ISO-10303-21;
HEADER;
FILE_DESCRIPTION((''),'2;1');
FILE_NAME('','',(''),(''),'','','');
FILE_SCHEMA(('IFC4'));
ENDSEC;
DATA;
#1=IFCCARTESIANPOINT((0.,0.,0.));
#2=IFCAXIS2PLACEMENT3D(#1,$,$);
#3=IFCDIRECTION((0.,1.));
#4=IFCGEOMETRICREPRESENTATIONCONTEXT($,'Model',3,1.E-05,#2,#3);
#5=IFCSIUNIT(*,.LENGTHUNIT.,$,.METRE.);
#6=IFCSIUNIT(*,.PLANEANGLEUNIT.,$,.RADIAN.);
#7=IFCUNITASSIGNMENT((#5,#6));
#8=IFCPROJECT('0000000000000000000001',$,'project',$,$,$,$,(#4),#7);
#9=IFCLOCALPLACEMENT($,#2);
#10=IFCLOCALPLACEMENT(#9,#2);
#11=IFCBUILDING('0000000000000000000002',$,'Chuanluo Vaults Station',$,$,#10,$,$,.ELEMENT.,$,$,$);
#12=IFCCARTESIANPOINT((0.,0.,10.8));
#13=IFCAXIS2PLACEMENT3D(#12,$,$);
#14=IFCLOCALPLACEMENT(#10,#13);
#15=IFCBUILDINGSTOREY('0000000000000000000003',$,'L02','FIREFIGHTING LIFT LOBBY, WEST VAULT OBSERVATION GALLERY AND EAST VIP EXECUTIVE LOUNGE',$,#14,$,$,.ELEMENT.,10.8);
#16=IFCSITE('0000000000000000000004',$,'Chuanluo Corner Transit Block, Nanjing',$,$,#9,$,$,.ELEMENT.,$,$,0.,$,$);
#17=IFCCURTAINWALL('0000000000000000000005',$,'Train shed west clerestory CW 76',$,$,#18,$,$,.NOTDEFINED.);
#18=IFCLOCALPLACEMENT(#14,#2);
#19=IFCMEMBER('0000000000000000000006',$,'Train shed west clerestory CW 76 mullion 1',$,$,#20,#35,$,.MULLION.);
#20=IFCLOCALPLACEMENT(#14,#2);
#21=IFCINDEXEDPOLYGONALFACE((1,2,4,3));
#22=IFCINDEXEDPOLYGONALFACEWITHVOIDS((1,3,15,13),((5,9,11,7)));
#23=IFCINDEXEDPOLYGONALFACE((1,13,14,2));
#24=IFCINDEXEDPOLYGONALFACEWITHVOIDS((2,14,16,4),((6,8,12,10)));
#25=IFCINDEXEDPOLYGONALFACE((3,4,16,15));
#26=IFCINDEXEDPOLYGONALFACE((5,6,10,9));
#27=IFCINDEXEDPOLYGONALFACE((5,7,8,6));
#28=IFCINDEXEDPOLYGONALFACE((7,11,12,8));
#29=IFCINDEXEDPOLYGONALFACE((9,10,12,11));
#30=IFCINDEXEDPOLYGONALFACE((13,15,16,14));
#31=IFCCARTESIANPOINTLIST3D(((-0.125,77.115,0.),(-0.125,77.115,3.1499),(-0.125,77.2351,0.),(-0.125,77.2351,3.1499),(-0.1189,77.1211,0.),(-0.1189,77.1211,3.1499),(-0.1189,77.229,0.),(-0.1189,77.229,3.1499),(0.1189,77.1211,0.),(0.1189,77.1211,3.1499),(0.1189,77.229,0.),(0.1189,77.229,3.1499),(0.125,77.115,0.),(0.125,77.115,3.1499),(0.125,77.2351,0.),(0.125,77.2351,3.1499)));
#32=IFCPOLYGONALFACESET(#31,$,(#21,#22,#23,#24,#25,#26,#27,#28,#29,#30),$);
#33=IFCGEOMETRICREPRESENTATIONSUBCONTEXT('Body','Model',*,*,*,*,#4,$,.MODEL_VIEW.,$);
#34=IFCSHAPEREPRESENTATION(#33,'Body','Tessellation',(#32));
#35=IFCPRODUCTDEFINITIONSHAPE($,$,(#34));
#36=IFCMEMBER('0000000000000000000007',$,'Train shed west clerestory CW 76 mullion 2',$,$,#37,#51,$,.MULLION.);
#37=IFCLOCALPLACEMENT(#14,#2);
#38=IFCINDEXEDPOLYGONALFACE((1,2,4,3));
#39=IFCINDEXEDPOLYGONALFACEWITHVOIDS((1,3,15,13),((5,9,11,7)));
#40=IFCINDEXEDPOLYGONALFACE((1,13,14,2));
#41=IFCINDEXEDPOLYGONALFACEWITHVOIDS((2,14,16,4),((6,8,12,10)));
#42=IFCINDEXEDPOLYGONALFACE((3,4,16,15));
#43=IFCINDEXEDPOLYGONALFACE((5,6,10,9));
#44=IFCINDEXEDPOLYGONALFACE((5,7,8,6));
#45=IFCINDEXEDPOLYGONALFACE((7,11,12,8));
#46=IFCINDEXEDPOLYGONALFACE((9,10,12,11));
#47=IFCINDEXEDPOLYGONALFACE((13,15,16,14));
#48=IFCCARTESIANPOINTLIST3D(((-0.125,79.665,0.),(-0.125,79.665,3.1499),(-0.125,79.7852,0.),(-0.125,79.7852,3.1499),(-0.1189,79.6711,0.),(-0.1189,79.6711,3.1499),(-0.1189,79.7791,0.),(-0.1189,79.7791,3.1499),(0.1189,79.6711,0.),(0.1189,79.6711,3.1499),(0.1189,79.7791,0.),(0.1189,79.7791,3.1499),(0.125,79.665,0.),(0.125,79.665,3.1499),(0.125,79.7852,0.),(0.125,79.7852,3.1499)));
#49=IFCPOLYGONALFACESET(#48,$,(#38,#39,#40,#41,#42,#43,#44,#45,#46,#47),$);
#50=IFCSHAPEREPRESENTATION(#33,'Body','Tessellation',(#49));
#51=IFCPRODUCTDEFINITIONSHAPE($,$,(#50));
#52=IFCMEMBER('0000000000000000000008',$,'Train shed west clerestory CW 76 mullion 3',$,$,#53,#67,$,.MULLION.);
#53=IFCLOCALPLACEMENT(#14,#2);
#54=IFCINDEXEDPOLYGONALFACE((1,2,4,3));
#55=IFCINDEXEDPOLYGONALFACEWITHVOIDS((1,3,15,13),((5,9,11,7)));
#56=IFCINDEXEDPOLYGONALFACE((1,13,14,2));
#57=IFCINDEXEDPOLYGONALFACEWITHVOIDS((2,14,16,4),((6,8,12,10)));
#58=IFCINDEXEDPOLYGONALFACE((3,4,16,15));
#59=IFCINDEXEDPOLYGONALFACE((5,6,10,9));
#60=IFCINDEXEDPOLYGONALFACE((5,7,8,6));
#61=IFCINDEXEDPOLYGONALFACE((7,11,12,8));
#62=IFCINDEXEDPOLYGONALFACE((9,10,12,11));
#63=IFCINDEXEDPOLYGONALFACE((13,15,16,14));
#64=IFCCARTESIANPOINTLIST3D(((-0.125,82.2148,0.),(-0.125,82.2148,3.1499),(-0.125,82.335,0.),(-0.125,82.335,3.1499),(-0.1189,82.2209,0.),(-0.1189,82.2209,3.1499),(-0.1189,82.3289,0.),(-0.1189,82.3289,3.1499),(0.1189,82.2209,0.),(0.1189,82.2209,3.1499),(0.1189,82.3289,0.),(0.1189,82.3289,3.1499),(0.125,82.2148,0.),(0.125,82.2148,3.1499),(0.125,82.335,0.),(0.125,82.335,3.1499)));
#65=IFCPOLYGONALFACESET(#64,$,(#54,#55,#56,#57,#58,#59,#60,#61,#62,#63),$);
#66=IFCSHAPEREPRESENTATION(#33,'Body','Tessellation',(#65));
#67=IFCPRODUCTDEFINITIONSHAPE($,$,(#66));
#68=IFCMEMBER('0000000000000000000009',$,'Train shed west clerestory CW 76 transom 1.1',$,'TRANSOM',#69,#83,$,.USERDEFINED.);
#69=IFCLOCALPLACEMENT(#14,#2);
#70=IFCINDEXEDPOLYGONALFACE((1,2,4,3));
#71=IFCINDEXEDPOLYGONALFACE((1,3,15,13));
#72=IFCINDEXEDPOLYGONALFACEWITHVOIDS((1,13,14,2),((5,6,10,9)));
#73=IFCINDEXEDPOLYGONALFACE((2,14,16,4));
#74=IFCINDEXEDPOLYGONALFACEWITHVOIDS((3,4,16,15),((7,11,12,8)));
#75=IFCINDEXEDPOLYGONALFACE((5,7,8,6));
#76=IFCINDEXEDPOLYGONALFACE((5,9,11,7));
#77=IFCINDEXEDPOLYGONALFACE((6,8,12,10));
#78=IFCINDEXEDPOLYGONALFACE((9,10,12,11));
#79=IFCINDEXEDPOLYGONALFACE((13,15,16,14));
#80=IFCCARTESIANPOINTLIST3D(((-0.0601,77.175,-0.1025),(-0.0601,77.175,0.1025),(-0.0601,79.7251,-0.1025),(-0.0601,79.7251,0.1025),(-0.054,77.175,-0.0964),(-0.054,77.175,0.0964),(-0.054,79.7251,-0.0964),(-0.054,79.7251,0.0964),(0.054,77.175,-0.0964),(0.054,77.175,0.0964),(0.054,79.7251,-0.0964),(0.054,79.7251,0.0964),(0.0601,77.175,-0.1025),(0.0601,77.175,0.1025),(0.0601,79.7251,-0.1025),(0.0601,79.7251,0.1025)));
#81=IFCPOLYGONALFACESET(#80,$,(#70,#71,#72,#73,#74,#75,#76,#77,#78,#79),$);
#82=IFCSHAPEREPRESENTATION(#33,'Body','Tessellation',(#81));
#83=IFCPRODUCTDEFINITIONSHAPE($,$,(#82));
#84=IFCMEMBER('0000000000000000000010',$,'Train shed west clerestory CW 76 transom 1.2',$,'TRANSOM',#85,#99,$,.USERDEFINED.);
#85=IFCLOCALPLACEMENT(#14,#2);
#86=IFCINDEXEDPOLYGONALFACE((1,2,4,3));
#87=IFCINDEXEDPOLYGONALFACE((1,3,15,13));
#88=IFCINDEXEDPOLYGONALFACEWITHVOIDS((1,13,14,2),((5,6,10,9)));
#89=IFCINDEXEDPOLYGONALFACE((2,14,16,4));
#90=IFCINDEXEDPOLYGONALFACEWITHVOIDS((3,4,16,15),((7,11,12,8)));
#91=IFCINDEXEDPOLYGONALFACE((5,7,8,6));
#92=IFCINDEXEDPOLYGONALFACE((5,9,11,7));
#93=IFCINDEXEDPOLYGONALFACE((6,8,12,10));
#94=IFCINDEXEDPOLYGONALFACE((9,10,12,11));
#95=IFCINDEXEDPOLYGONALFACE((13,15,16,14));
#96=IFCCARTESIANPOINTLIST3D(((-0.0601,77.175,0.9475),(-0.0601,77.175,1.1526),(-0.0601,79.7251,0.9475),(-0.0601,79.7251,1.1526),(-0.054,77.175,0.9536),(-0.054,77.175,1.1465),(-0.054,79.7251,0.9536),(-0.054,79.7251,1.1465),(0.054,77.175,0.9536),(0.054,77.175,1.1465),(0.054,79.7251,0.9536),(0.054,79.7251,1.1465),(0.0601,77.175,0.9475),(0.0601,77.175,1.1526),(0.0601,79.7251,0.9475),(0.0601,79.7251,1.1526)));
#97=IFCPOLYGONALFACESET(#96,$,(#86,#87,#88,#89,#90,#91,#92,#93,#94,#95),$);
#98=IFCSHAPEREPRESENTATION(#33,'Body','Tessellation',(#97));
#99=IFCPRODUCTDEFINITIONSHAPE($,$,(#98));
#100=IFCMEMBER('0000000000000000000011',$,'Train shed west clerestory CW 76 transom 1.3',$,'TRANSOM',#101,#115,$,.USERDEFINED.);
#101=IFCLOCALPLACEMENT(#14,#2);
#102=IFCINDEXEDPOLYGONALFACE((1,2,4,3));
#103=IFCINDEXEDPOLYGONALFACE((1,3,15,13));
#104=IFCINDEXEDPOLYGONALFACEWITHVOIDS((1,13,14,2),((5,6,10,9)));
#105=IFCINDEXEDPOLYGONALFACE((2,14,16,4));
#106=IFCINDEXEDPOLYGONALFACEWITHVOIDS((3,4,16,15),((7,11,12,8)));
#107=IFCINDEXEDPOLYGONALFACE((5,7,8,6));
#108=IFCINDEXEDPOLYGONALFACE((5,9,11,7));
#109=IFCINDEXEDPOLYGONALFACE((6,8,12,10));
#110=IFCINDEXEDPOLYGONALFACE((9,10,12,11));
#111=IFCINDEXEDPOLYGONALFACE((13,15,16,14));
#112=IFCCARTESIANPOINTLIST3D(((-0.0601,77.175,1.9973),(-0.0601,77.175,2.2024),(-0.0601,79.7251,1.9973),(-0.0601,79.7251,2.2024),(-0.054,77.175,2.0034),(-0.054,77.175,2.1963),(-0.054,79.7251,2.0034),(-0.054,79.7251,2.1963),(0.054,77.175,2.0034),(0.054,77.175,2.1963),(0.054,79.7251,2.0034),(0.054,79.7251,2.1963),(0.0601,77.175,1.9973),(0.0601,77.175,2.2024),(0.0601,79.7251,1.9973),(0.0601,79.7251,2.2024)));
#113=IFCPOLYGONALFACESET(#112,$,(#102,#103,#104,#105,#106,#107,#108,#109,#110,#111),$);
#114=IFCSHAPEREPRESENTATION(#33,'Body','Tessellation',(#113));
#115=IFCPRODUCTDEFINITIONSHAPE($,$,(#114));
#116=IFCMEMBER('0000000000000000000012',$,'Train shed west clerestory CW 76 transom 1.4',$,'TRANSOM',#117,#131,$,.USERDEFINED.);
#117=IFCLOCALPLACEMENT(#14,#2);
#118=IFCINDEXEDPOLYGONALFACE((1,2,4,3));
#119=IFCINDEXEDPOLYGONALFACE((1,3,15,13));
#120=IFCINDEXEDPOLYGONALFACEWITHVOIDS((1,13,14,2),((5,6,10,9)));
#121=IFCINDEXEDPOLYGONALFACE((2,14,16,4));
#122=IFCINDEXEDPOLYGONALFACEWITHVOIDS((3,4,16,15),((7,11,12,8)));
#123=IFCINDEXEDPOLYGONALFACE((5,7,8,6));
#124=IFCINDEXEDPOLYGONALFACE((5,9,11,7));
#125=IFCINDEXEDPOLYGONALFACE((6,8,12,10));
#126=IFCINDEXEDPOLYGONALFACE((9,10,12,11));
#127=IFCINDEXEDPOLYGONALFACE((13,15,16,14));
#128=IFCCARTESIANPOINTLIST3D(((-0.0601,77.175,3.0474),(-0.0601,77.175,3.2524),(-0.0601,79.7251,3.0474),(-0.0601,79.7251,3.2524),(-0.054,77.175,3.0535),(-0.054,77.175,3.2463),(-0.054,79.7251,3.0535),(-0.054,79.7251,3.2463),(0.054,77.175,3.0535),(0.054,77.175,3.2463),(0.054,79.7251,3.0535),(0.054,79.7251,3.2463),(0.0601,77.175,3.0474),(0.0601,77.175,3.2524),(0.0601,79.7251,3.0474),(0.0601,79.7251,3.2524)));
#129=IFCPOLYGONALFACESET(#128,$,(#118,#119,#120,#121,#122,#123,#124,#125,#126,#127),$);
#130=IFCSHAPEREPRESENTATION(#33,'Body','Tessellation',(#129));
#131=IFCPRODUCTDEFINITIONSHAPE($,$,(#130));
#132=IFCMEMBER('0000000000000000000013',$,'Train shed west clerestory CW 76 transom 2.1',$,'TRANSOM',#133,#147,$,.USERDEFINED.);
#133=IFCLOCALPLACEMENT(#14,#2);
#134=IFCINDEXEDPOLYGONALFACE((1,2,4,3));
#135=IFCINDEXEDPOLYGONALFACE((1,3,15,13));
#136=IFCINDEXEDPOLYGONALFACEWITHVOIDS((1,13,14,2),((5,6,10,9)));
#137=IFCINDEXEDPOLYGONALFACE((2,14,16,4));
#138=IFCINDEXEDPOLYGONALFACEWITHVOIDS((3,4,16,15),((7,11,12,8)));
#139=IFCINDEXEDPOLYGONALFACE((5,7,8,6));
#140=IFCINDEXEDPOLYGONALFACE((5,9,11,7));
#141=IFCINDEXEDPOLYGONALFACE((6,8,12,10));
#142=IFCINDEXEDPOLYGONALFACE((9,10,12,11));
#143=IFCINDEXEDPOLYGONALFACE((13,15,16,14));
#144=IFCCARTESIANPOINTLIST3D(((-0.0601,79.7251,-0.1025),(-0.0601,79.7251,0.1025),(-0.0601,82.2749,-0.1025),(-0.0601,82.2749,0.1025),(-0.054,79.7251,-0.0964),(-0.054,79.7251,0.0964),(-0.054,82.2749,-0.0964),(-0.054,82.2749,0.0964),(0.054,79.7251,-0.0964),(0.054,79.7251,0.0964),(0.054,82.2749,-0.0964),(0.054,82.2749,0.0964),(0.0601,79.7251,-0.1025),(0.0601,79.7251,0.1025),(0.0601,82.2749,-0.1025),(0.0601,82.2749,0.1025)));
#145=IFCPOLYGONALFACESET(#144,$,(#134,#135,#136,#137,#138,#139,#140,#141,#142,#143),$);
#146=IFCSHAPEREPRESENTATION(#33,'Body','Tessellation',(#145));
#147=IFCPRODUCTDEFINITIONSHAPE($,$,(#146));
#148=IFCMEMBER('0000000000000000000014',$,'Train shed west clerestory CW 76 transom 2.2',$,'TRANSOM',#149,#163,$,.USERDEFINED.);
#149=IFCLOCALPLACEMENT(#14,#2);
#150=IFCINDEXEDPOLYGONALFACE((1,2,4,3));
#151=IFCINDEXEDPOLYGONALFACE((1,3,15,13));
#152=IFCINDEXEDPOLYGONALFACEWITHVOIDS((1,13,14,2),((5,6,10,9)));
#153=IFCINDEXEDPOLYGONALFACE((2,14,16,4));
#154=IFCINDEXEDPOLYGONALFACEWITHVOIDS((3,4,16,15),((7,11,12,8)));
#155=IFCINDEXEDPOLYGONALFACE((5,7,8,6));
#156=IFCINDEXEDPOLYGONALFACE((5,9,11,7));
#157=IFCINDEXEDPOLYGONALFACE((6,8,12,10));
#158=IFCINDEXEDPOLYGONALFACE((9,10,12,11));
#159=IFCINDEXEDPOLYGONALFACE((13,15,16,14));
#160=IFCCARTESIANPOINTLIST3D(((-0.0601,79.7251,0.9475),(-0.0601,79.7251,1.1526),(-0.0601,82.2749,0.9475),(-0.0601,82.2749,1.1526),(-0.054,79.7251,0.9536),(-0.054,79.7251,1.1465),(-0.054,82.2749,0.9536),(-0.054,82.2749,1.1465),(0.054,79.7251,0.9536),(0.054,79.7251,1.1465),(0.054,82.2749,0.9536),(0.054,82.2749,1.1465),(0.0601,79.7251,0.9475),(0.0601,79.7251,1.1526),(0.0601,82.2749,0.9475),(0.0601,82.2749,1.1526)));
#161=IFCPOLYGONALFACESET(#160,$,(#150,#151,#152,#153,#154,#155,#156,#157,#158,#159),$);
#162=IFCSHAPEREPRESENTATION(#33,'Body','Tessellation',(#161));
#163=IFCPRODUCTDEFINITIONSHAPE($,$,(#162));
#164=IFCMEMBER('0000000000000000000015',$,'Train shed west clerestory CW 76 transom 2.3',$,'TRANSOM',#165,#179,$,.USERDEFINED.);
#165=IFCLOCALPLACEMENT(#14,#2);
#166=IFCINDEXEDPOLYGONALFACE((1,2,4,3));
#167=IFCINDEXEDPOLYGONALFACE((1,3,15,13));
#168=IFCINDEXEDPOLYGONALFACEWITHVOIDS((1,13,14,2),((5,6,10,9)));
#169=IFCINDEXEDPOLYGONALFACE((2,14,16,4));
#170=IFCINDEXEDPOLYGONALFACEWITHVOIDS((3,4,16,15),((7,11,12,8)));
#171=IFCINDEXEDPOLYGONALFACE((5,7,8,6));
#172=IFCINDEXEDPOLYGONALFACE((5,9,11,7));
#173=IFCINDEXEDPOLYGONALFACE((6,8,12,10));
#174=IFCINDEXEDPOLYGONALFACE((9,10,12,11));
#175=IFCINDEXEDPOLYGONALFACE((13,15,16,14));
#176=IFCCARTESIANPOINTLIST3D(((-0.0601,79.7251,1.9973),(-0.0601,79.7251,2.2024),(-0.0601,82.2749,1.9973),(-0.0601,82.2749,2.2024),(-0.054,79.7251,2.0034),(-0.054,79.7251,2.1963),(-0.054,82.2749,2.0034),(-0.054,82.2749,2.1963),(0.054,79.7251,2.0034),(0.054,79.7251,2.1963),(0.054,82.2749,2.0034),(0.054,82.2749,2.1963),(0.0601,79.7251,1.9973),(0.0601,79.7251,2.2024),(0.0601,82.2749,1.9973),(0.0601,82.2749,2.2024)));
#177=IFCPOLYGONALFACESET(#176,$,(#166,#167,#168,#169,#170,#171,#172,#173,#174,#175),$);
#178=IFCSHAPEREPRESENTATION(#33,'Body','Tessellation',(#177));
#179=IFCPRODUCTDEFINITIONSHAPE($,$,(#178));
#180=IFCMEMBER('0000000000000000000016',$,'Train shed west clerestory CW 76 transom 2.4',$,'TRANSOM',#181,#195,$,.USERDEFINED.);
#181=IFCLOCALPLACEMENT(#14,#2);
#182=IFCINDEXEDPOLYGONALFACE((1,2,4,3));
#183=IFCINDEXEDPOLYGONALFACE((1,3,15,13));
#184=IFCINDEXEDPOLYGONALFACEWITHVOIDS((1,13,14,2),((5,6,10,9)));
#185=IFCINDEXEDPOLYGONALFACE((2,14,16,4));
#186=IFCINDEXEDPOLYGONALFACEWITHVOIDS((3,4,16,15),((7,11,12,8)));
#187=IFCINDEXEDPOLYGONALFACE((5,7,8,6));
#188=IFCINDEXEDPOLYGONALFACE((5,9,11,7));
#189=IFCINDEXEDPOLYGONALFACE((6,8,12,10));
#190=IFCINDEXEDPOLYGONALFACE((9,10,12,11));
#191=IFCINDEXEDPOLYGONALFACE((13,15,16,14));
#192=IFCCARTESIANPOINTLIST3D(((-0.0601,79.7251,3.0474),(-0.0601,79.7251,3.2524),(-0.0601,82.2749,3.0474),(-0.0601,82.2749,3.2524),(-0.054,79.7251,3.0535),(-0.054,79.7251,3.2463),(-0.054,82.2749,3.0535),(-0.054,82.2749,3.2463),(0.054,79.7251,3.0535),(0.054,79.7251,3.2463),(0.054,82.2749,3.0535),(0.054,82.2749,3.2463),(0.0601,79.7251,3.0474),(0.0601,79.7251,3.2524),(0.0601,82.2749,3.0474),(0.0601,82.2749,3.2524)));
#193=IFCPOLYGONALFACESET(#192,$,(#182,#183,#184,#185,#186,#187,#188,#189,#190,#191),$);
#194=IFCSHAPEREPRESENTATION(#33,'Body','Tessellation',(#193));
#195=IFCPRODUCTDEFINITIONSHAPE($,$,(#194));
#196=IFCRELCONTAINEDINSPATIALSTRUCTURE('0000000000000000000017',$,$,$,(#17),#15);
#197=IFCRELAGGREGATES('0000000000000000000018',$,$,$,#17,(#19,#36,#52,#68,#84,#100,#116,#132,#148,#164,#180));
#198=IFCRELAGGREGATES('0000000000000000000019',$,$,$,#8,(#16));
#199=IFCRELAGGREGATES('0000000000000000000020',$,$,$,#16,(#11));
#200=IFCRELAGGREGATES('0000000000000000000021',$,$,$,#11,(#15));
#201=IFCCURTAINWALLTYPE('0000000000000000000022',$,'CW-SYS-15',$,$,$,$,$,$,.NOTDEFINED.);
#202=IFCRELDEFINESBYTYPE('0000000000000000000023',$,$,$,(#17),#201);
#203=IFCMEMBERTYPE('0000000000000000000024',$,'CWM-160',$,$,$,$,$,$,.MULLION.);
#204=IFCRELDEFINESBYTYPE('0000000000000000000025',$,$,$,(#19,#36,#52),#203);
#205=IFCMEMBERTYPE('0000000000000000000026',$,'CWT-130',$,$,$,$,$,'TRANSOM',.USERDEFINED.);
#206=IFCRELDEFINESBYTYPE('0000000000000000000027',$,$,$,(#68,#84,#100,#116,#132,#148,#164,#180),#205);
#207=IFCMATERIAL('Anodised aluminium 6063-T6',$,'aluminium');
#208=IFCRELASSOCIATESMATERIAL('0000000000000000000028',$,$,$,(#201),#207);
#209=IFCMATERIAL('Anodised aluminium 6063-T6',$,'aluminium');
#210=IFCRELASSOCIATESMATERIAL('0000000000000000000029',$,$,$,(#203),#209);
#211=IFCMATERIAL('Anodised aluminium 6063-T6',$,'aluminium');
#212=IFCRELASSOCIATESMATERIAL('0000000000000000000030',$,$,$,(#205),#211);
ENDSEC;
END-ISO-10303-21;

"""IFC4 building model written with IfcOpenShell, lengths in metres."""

from ifc_helpers import new_model, si_unit, direction, frame, origin, origin_2d, place, context, subcontext, project, spatial, hollow_rectangle, extrude, material, material_profile, profile_set, type_object, element, aggregate, save


model = new_model("IFC4")

# Units and contexts
model_context = context("Model", 3, precision=1e-05, world=origin(), true_north=direction((0.0, 1.0)))
body_context = subcontext(model_context, "Body", "Model", "MODEL_VIEW")
ifc_project = project(units=[si_unit("LENGTHUNIT", "METRE"), si_unit("PLANEANGLEUNIT", "RADIAN")], contexts=[model_context])

# Site, building, storey
site_placement = place(None, origin())
site = spatial("IfcSite", under=ifc_project, at=site_placement, Name="Chuanluo Corner Transit Block, Nanjing", CompositionType="ELEMENT", RefElevation=0.0)
building_placement = place(site_placement, origin())
building = spatial("IfcBuilding", under=site, at=building_placement, Name="Chuanluo Vaults Station", CompositionType="ELEMENT")
storey_placement = place(building_placement, frame((0.0, 0.0, 10.8)))
storey = spatial("IfcBuildingStorey", under=building, at=storey_placement, Name="L02", Description="FIREFIGHTING LIFT LOBBY, WEST VAULT OBSERVATION GALLERY AND EAST VIP EXECUTIVE LOUNGE", CompositionType="ELEMENT", Elevation=10.8)

# Curtain wall, members
ifc_material_1 = material(Name="Anodised aluminium 6063-T6", Category="aluminium")
curtain_wall_type = type_object("IfcCurtainWallType", Name="CW-SYS-15", PredefinedType="NOTDEFINED", material=ifc_material_1)
curtain_wall_placement = place(storey_placement, origin())
curtain_wall = element("IfcCurtainWall", 1, at=curtain_wall_placement, inside=storey, type_object=curtain_wall_type, Name="Train shed west clerestory CW 76", PredefinedType="NOTDEFINED")
ifc_material_2 = material(Name="Anodised aluminium 6063-T6", Category="aluminium")
ifc_material_profile_1 = material_profile(ifc_material_2, hollow_rectangle(XDim=0.1201, YDim=0.25, WallThickness=0.0061, at=origin_2d()))
ifc_profile_set_1 = profile_set([ifc_material_profile_1], Name="Anodised aluminium 6063-T6")
member_type_1 = type_object("IfcMemberType", Name="CWM-160", PredefinedType="MULLION", material=ifc_profile_set_1)
member_1_placement = place(storey_placement, frame((0.0, 77.175, 0.0), z_axis=(0.0, 0.0, 1.0), x_axis=(0.0, 1.0, 0.0)))
member_1 = element("IfcMember", 2, at=member_1_placement, type_object=member_type_1, Name="Train shed west clerestory CW 76 mullion 1", PredefinedType="MULLION", context=body_context, shape_type="SweptSolid", body=[
    extrude(hollow_rectangle(XDim=0.1201, YDim=0.25, WallThickness=0.0061, at=origin_2d()), origin(), (0.0, 0.0, 1.0), 3.1499),
])
member_2_placement = place(storey_placement, frame((0.0, 79.7251, 0.0), z_axis=(0.0, 0.0, 1.0), x_axis=(0.0, 1.0, 0.0)))
member_2 = element("IfcMember", 3, at=member_2_placement, type_object=member_type_1, Name="Train shed west clerestory CW 76 mullion 2", PredefinedType="MULLION", context=body_context, shape_type="SweptSolid", body=[
    extrude(hollow_rectangle(XDim=0.1201, YDim=0.25, WallThickness=0.0061, at=origin_2d()), origin(), (0.0, 0.0, 1.0), 3.1499),
])
member_3_placement = place(storey_placement, frame((0.0, 82.2749, 0.0), z_axis=(0.0, 0.0, 1.0), x_axis=(0.0, 1.0, 0.0)))
member_3 = element("IfcMember", 4, at=member_3_placement, type_object=member_type_1, Name="Train shed west clerestory CW 76 mullion 3", PredefinedType="MULLION", context=body_context, shape_type="SweptSolid", body=[
    extrude(hollow_rectangle(XDim=0.1201, YDim=0.25, WallThickness=0.0061, at=origin_2d()), origin(), (0.0, 0.0, 1.0), 3.1499),
])
ifc_material_3 = material(Name="Anodised aluminium 6063-T6", Category="aluminium")
ifc_material_profile_2 = material_profile(ifc_material_3, hollow_rectangle(XDim=0.1201, YDim=0.2051, WallThickness=0.0061, at=origin_2d()))
ifc_profile_set_2 = profile_set([ifc_material_profile_2], Name="Anodised aluminium 6063-T6")
member_type_2 = type_object("IfcMemberType", Name="CWT-130", ElementType="TRANSOM", PredefinedType="USERDEFINED", material=ifc_profile_set_2)
member_4_placement = place(storey_placement, frame((0.0, 77.175, 0.0), z_axis=(0.0, 1.0, 0.0), x_axis=(-1.0, 0.0, 0.0)))
member_4 = element("IfcMember", 5, at=member_4_placement, type_object=member_type_2, Name="Train shed west clerestory CW 76 transom 1.1", ObjectType="TRANSOM", PredefinedType="USERDEFINED", context=body_context, shape_type="SweptSolid", body=[
    extrude(hollow_rectangle(XDim=0.1201, YDim=0.2051, WallThickness=0.0061, at=origin_2d()), origin(), (0.0, 0.0, 1.0), 2.55),
])
member_5_placement = place(storey_placement, frame((0.0, 77.175, 1.05), z_axis=(0.0, 1.0, 0.0), x_axis=(-1.0, 0.0, 0.0)))
member_5 = element("IfcMember", 6, at=member_5_placement, type_object=member_type_2, Name="Train shed west clerestory CW 76 transom 1.2", ObjectType="TRANSOM", PredefinedType="USERDEFINED", context=body_context, shape_type="SweptSolid", body=[
    extrude(hollow_rectangle(XDim=0.1201, YDim=0.2051, WallThickness=0.0061, at=origin_2d()), origin(), (0.0, 0.0, 1.0), 2.55),
])
member_6_placement = place(storey_placement, frame((0.0, 77.175, 2.0999), z_axis=(0.0, 1.0, 0.0), x_axis=(-1.0, 0.0, 0.0)))
member_6 = element("IfcMember", 7, at=member_6_placement, type_object=member_type_2, Name="Train shed west clerestory CW 76 transom 1.3", ObjectType="TRANSOM", PredefinedType="USERDEFINED", context=body_context, shape_type="SweptSolid", body=[
    extrude(hollow_rectangle(XDim=0.1201, YDim=0.2051, WallThickness=0.0061, at=origin_2d()), origin(), (0.0, 0.0, 1.0), 2.55),
])
member_7_placement = place(storey_placement, frame((0.0, 77.175, 3.1499), z_axis=(0.0, 1.0, 0.0), x_axis=(-1.0, 0.0, 0.0)))
member_7 = element("IfcMember", 8, at=member_7_placement, type_object=member_type_2, Name="Train shed west clerestory CW 76 transom 1.4", ObjectType="TRANSOM", PredefinedType="USERDEFINED", context=body_context, shape_type="SweptSolid", body=[
    extrude(hollow_rectangle(XDim=0.1201, YDim=0.2051, WallThickness=0.0061, at=origin_2d()), origin(), (0.0, 0.0, 1.0), 2.55),
])
member_8_placement = place(storey_placement, frame((0.0, 79.7251, 0.0), z_axis=(0.0, 1.0, 0.0), x_axis=(-1.0, 0.0, 0.0)))
member_8 = element("IfcMember", 9, at=member_8_placement, type_object=member_type_2, Name="Train shed west clerestory CW 76 transom 2.1", ObjectType="TRANSOM", PredefinedType="USERDEFINED", context=body_context, shape_type="SweptSolid", body=[
    extrude(hollow_rectangle(XDim=0.1201, YDim=0.2051, WallThickness=0.0061, at=origin_2d()), origin(), (0.0, 0.0, 1.0), 2.5498),
])
member_9_placement = place(storey_placement, frame((0.0, 79.7251, 1.05), z_axis=(0.0, 1.0, 0.0), x_axis=(-1.0, 0.0, 0.0)))
member_9 = element("IfcMember", 10, at=member_9_placement, type_object=member_type_2, Name="Train shed west clerestory CW 76 transom 2.2", ObjectType="TRANSOM", PredefinedType="USERDEFINED", context=body_context, shape_type="SweptSolid", body=[
    extrude(hollow_rectangle(XDim=0.1201, YDim=0.2051, WallThickness=0.0061, at=origin_2d()), origin(), (0.0, 0.0, 1.0), 2.5498),
])
member_10_placement = place(storey_placement, frame((0.0, 79.7251, 2.0999), z_axis=(0.0, 1.0, 0.0), x_axis=(-1.0, 0.0, 0.0)))
member_10 = element("IfcMember", 11, at=member_10_placement, type_object=member_type_2, Name="Train shed west clerestory CW 76 transom 2.3", ObjectType="TRANSOM", PredefinedType="USERDEFINED", context=body_context, shape_type="SweptSolid", body=[
    extrude(hollow_rectangle(XDim=0.1201, YDim=0.2051, WallThickness=0.0061, at=origin_2d()), origin(), (0.0, 0.0, 1.0), 2.5498),
])
member_11_placement = place(storey_placement, frame((0.0, 79.7251, 3.1499), z_axis=(0.0, 1.0, 0.0), x_axis=(-1.0, 0.0, 0.0)))
member_11 = element("IfcMember", 12, at=member_11_placement, type_object=member_type_2, Name="Train shed west clerestory CW 76 transom 2.4", ObjectType="TRANSOM", PredefinedType="USERDEFINED", context=body_context, shape_type="SweptSolid", body=[
    extrude(hollow_rectangle(XDim=0.1201, YDim=0.2051, WallThickness=0.0061, at=origin_2d()), origin(), (0.0, 0.0, 1.0), 2.5498),
])
aggregate(curtain_wall, [member_1, member_2, member_3, member_4, member_5, member_6, member_7, member_8, member_9, member_10, member_11])

save(model, "model.ifc")
